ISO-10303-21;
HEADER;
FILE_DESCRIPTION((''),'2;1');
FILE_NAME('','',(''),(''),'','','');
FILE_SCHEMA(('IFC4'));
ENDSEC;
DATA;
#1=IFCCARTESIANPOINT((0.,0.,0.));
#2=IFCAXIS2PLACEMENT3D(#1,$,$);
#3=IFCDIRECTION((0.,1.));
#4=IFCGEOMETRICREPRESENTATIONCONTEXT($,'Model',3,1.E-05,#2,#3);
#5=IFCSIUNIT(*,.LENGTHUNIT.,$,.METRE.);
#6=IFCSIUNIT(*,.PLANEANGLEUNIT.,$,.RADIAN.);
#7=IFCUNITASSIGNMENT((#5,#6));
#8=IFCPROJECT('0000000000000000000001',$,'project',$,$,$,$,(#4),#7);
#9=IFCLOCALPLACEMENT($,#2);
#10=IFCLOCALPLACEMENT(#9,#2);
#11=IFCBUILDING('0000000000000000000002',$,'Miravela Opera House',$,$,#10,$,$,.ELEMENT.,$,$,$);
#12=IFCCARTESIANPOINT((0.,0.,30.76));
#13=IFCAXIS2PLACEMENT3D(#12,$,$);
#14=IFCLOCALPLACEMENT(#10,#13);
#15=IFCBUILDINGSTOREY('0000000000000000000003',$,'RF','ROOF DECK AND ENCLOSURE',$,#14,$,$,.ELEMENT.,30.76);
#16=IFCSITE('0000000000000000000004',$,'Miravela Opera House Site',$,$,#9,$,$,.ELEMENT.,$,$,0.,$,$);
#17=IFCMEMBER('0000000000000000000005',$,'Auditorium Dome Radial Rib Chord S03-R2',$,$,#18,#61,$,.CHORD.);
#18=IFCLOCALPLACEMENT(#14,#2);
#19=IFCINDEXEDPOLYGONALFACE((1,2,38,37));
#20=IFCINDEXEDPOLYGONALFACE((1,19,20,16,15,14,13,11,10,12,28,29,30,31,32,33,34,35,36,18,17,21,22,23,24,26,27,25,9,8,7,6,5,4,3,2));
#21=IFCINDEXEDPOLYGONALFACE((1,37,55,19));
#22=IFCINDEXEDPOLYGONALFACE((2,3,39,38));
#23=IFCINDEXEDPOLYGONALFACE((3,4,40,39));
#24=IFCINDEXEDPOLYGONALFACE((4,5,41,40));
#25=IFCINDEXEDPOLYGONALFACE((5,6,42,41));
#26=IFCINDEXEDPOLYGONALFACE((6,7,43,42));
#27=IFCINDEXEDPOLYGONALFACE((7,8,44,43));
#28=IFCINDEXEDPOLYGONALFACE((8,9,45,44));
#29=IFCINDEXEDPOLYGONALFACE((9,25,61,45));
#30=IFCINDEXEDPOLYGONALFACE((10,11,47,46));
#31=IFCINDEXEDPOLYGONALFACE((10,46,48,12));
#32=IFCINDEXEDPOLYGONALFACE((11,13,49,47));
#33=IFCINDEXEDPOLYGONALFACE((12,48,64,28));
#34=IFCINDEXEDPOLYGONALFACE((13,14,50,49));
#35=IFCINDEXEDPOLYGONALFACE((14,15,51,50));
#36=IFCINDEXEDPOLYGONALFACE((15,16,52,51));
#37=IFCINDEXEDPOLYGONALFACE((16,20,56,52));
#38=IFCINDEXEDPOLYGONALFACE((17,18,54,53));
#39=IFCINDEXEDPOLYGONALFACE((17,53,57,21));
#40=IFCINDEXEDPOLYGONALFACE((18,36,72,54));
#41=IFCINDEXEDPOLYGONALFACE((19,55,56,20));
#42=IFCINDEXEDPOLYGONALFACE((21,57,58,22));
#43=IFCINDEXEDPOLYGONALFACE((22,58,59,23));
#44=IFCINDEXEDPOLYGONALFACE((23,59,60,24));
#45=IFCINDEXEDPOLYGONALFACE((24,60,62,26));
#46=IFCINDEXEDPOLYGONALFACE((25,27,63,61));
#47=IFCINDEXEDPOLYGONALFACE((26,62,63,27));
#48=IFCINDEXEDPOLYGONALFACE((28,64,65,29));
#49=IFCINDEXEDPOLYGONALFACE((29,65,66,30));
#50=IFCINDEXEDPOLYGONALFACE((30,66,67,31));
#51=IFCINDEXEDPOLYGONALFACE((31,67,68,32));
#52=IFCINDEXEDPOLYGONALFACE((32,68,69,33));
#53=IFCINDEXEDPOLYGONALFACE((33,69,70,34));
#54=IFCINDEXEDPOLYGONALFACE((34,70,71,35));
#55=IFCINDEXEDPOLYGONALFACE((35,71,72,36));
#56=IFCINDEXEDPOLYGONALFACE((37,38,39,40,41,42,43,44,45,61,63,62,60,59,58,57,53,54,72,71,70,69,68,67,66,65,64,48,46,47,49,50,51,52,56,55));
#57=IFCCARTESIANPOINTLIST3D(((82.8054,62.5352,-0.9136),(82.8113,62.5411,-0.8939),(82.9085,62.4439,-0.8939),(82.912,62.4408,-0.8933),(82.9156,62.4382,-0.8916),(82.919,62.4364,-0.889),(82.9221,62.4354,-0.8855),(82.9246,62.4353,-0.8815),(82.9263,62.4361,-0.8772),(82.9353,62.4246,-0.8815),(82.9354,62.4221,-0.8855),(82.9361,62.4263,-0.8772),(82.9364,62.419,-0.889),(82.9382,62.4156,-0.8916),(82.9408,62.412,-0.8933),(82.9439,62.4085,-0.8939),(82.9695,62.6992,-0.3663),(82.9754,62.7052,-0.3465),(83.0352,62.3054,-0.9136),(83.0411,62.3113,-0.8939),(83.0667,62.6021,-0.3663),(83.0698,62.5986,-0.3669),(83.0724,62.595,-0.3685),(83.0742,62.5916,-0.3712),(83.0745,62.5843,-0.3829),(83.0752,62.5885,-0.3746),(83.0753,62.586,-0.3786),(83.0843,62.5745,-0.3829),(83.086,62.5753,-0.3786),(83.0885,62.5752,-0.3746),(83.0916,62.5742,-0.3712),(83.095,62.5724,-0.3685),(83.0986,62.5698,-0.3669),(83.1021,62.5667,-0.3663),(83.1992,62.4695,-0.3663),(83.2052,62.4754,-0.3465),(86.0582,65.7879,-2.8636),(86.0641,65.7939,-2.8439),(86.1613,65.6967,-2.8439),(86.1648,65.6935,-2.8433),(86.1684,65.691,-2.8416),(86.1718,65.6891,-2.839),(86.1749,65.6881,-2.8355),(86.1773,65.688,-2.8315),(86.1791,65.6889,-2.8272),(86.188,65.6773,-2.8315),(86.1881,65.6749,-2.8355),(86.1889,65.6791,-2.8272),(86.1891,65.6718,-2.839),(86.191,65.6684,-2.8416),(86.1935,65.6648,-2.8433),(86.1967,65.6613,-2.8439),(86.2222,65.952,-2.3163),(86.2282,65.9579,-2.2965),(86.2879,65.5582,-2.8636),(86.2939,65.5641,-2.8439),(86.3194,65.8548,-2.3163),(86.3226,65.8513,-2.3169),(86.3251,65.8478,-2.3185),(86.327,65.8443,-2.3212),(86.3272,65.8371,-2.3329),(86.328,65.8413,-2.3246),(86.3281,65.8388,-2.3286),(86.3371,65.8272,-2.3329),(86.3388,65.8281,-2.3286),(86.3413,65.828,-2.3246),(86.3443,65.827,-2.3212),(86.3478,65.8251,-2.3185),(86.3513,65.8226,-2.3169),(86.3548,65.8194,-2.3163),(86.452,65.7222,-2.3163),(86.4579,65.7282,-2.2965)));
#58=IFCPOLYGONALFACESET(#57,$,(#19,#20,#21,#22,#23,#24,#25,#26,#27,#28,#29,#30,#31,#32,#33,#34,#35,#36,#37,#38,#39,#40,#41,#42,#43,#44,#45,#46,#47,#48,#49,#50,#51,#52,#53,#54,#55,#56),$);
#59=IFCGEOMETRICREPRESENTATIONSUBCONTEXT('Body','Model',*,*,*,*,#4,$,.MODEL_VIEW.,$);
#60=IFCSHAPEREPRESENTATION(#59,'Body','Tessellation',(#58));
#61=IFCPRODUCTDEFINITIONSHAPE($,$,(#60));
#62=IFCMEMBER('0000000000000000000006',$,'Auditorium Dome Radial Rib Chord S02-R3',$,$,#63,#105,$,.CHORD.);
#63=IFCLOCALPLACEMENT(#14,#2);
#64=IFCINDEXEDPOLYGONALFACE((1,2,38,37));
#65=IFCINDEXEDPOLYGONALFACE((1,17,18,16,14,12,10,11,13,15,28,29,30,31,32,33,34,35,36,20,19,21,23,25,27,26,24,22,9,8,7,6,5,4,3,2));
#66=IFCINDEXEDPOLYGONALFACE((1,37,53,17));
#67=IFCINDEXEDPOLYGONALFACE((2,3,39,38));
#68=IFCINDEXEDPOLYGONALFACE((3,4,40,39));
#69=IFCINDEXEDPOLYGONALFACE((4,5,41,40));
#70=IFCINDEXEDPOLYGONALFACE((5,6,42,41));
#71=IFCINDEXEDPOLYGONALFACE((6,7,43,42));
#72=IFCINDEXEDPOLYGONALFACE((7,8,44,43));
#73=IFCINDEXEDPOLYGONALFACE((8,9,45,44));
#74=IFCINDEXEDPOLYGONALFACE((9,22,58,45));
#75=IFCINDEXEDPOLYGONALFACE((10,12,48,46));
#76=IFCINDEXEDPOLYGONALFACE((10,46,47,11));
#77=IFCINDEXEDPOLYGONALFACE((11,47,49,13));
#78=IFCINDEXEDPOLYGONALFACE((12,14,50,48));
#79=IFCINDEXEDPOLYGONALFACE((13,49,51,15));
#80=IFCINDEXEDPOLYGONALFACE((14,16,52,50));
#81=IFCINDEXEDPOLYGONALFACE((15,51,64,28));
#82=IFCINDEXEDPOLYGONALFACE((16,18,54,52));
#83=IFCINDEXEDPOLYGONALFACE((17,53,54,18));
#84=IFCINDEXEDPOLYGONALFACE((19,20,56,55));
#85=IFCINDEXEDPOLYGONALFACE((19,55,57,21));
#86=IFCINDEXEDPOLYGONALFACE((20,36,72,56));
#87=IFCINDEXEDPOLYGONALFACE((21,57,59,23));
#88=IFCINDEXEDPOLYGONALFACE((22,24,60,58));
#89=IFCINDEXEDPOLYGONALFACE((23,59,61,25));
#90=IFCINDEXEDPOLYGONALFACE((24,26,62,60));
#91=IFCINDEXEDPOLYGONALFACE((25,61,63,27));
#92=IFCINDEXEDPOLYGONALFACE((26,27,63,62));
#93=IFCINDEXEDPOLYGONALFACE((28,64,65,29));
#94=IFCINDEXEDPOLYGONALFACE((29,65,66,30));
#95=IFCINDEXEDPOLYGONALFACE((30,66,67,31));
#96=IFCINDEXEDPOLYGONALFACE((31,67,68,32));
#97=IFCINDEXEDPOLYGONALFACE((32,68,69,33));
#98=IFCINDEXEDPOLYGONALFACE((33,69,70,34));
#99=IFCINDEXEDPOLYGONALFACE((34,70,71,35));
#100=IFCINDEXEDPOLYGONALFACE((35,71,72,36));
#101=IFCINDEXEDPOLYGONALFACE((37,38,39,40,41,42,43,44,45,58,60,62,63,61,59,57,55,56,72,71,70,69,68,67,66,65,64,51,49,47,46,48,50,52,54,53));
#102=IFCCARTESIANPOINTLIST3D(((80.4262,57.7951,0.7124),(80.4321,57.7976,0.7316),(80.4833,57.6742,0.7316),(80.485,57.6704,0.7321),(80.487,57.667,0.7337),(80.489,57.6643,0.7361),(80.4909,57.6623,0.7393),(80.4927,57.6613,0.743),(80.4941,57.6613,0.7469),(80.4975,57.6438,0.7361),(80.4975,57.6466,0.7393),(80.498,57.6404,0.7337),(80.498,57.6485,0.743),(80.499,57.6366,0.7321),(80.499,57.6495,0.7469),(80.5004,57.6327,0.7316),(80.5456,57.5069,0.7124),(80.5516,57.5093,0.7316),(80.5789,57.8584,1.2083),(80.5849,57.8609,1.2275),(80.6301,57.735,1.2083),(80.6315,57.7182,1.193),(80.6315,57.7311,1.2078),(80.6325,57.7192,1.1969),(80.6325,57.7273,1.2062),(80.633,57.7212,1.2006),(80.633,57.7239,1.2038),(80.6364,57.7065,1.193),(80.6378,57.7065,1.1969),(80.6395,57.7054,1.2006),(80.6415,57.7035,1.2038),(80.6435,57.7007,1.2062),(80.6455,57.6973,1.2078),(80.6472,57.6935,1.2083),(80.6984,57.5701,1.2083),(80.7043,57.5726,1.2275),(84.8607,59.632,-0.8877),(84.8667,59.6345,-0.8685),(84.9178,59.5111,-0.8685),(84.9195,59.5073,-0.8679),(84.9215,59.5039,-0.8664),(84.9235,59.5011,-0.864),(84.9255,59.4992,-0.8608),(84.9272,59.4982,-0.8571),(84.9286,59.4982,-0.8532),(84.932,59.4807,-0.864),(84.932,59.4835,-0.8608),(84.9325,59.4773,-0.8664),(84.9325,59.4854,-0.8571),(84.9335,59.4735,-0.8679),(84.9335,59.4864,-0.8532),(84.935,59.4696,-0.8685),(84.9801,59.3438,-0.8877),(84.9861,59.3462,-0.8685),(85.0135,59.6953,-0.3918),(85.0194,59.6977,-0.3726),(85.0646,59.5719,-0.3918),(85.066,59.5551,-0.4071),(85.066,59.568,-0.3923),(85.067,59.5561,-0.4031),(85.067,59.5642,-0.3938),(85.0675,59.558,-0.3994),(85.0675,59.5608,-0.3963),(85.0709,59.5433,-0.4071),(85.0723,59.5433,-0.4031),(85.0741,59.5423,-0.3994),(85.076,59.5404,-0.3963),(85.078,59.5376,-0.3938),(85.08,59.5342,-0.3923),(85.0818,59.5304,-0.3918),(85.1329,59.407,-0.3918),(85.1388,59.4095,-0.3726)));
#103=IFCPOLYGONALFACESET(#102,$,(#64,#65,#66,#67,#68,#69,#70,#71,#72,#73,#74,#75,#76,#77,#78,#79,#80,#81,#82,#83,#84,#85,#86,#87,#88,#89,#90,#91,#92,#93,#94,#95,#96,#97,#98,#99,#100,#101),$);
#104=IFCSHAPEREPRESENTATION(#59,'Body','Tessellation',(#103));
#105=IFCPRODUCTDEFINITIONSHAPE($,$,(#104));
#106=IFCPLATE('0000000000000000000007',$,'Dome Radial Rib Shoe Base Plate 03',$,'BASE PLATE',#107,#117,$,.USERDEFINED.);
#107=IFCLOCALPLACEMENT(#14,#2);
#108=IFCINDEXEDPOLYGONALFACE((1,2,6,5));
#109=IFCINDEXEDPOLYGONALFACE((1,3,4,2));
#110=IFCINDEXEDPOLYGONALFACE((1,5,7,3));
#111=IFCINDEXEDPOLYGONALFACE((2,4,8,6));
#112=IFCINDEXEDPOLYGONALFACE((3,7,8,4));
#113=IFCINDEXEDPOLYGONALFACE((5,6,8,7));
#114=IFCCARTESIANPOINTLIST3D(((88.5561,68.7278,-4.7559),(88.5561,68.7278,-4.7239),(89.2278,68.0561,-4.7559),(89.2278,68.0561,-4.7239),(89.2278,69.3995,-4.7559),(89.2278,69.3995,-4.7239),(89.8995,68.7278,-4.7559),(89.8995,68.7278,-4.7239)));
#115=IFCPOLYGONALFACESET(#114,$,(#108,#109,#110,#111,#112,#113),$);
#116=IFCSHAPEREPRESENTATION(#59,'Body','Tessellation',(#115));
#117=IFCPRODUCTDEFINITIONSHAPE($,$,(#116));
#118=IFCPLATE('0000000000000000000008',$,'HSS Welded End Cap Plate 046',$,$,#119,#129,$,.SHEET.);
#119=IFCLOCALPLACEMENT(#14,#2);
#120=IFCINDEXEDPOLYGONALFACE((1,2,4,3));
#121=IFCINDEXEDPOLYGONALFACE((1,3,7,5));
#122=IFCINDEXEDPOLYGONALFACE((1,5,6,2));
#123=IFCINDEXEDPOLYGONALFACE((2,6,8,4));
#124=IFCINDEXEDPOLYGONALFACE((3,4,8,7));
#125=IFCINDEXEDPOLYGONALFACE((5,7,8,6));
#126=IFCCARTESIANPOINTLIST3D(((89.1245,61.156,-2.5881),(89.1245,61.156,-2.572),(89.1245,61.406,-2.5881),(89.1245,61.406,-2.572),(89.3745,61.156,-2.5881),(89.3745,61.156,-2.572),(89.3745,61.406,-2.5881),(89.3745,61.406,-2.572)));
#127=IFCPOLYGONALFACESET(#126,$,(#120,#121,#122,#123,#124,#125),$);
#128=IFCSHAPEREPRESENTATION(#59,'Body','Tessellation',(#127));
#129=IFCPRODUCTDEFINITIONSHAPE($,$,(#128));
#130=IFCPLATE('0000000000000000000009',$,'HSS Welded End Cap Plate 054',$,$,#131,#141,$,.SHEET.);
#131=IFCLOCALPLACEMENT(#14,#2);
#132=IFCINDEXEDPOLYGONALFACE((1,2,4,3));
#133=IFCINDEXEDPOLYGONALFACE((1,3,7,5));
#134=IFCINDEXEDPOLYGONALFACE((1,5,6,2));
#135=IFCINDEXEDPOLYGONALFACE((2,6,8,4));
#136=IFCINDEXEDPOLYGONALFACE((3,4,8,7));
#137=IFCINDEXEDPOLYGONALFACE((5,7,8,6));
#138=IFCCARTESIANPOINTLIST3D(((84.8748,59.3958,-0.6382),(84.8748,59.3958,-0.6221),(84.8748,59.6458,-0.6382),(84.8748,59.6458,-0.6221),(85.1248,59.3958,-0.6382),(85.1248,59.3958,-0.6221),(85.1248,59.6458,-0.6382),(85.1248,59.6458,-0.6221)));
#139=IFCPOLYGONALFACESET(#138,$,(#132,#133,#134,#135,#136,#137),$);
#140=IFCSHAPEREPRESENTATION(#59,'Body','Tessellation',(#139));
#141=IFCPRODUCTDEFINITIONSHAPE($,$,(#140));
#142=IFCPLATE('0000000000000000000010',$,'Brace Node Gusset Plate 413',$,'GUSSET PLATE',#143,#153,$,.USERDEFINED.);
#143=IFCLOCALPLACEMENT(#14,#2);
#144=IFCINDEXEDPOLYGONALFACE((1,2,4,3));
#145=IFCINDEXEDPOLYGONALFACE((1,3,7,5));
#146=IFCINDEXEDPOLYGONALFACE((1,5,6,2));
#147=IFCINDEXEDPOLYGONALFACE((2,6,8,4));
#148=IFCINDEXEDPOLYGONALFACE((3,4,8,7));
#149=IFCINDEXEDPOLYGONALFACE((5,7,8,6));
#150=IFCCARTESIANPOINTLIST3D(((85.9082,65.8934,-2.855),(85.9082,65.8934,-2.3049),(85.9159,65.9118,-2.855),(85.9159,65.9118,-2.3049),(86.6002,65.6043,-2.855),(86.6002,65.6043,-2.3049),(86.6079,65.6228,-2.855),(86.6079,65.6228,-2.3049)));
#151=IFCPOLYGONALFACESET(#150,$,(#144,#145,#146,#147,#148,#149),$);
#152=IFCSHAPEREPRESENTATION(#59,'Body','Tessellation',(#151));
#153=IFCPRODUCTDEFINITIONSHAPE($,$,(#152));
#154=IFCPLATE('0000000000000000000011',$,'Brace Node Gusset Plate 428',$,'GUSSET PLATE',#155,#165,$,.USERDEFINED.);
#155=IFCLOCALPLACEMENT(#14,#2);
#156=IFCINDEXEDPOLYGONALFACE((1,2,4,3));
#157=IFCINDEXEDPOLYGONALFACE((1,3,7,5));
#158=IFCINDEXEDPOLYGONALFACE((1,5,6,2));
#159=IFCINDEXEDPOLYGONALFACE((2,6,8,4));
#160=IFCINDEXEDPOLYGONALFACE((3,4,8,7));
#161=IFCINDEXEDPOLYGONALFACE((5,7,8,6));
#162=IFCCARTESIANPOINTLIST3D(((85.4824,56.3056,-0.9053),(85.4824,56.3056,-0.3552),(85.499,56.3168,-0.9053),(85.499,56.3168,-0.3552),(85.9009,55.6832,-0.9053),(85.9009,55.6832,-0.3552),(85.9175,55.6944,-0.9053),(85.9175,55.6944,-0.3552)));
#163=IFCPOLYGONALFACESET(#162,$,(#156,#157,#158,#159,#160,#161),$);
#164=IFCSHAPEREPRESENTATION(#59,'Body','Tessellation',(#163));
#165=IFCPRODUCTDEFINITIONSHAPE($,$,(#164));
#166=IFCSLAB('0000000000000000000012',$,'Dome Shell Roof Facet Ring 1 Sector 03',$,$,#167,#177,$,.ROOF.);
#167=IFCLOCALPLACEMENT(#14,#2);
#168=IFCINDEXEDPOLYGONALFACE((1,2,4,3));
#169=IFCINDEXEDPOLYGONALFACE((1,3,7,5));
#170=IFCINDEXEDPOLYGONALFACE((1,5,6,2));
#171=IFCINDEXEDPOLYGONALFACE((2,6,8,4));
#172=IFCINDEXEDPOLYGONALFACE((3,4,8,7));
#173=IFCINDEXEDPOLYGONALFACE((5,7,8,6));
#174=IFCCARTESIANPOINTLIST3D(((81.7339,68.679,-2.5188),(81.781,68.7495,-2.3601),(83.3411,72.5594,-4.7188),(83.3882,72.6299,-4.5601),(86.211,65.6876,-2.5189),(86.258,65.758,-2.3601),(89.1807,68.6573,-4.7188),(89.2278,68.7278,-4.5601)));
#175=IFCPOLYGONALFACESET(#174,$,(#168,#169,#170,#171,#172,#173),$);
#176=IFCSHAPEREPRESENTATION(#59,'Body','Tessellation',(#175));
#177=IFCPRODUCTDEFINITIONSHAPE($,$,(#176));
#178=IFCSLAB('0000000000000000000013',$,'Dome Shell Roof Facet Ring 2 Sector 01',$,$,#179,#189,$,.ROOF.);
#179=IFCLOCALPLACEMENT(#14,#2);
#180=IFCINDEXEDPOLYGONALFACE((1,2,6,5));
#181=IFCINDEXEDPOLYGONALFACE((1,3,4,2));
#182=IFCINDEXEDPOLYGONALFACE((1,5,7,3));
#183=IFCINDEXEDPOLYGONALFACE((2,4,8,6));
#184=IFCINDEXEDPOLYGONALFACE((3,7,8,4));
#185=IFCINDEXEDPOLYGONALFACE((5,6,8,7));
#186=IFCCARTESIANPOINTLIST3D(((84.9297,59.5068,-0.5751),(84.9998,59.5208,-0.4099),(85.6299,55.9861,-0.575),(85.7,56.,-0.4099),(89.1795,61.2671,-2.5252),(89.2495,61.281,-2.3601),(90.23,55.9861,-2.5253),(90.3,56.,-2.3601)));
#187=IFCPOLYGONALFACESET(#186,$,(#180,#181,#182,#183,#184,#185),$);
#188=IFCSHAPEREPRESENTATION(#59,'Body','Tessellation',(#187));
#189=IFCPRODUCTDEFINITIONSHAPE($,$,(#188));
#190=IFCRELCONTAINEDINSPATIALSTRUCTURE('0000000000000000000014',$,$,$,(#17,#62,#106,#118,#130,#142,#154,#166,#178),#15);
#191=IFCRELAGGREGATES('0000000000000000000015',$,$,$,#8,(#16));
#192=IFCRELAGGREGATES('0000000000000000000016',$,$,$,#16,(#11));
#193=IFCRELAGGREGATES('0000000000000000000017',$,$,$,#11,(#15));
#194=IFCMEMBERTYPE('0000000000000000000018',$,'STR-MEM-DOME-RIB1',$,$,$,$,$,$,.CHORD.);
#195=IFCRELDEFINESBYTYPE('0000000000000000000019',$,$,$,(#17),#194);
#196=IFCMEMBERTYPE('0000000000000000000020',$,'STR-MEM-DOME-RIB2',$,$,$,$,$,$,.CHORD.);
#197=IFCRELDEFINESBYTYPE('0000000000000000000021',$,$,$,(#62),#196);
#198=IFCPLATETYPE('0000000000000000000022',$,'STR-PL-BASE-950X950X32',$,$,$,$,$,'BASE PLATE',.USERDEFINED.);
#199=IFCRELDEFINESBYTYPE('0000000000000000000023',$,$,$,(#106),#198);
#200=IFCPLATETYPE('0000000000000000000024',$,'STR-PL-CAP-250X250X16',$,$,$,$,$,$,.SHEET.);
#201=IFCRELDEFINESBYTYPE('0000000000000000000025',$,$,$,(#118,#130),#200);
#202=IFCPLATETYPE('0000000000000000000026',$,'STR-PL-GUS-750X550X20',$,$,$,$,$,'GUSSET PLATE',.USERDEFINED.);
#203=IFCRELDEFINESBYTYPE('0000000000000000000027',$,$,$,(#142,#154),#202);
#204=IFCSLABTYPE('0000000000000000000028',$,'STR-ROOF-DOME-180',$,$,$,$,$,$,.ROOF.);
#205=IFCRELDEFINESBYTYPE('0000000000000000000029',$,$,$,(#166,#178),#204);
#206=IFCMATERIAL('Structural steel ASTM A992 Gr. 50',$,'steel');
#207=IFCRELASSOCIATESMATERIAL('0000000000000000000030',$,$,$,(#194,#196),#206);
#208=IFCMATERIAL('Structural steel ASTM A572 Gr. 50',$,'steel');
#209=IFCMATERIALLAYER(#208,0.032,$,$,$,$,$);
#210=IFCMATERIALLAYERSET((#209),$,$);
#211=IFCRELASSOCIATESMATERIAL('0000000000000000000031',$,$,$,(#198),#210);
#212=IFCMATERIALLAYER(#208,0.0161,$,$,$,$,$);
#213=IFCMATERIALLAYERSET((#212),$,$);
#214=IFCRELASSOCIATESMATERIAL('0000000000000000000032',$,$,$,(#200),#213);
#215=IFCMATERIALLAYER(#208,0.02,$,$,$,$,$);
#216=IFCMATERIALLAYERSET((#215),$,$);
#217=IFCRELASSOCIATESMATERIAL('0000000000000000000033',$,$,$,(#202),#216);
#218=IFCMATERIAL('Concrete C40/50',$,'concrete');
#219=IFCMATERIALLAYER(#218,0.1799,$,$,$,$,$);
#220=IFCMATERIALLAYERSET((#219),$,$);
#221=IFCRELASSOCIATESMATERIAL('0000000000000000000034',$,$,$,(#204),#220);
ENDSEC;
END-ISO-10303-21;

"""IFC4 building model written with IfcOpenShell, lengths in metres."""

from ifc_helpers import new_model, si_unit, direction, frame, origin, origin_2d, place, context, subcontext, project, spatial, polyline, rectangle, i_section, outline, extrude, material, layer, layer_set, material_profile, profile_set, type_object, element, save


model = new_model("IFC4")

# Units and contexts
model_context = context("Model", 3, precision=1e-05, world=origin(), true_north=direction((0.0, 1.0)))
body_context = subcontext(model_context, "Body", "Model", "MODEL_VIEW")
ifc_project = project(units=[si_unit("LENGTHUNIT", "METRE"), si_unit("PLANEANGLEUNIT", "RADIAN")], contexts=[model_context])

# Site, building, storey
site_placement = place(None, origin())
site = spatial("IfcSite", under=ifc_project, at=site_placement, Name="Miravela Opera House Site", CompositionType="ELEMENT", RefElevation=0.0)
building_placement = place(site_placement, origin())
building = spatial("IfcBuilding", under=site, at=building_placement, Name="Miravela Opera House", CompositionType="ELEMENT")
storey_placement = place(building_placement, frame((0.0, 0.0, 30.76)))
storey = spatial("IfcBuildingStorey", under=building, at=storey_placement, Name="RF", Description="ROOF DECK AND ENCLOSURE", CompositionType="ELEMENT", Elevation=30.76)

# Shared definitions
ifc_material_1 = material(Name="Structural steel ASTM A992 Gr. 50", Category="steel")

# Members
ifc_material_profile_1 = material_profile(ifc_material_1, i_section(OverallWidth=0.325, OverallDepth=0.616, WebThickness=0.0139, FlangeThickness=0.0215, FilletRadius=0.0181, at=origin_2d()), Name="W610X174")
ifc_profile_set_1 = profile_set([ifc_material_profile_1])
member_type_1 = type_object("IfcMemberType", Name="STR-MEM-DOME-RIB1", PredefinedType="CHORD", material=ifc_profile_set_1)
member_1_placement = place(storey_placement, frame((86.2581, 65.7581, -2.5801), z_axis=(-0.651029, -0.651029, 0.390285), x_axis=(0.707107, -0.707107, 0.0)))
element("IfcMember", 1, at=member_1_placement, inside=storey, type_object=member_type_1, Name="Auditorium Dome Radial Rib Chord S03-R2", PredefinedType="CHORD", context=body_context, shape_type="SweptSolid", body=[
    extrude(i_section(OverallWidth=0.325, OverallDepth=0.616, WebThickness=0.0139, FlangeThickness=0.0215, FilletRadius=0.0181, at=origin_2d()), origin(), (0.0, 0.0, 1.0), 4.9963),
])
ifc_material_profile_2 = material_profile(ifc_material_1, i_section(OverallWidth=0.312, OverallDepth=0.543, WebThickness=0.0127, FlangeThickness=0.0203, FilletRadius=0.0161, at=origin_2d()), Name="W530X150")
ifc_profile_set_2 = profile_set([ifc_material_profile_2])
member_type_2 = type_object("IfcMemberType", Name="STR-MEM-DOME-RIB2", PredefinedType="CHORD", material=ifc_profile_set_2)
member_2_placement = place(storey_placement, frame((84.9998, 59.5208, -0.6301), z_axis=(-0.876459, -0.363052, 0.316247), x_axis=(0.382693, -0.923875, 0.0)))
element("IfcMember", 2, at=member_2_placement, inside=storey, type_object=member_type_2, Name="Auditorium Dome Radial Rib Chord S02-R3", PredefinedType="CHORD", context=body_context, shape_type="SweptSolid", body=[
    extrude(i_section(OverallWidth=0.312, OverallDepth=0.543, WebThickness=0.0127, FlangeThickness=0.0203, FilletRadius=0.0161, at=origin_2d()), origin(), (0.0, 0.0, 1.0), 5.0596),
])

# Plates
ifc_material_2 = material(Name="Structural steel ASTM A572 Gr. 50", Category="steel")
ifc_layer_1 = layer(ifc_material_2, 0.032)
ifc_layer_set_1 = layer_set([ifc_layer_1])
plate_type_1 = type_object("IfcPlateType", Name="STR-PL-BASE-950X950X32", ElementType="BASE PLATE", PredefinedType="USERDEFINED", material=ifc_layer_set_1)
plate_placement = place(storey_placement, frame((89.2278, 68.7278, -4.7559), z_axis=(0.0, 0.0, 1.0), x_axis=(0.707107, 0.707107, 0.0)))
element("IfcPlate", 3, at=plate_placement, inside=storey, type_object=plate_type_1, Name="Dome Radial Rib Shoe Base Plate 03", ObjectType="BASE PLATE", PredefinedType="USERDEFINED", context=body_context, shape_type="SweptSolid", body=[
    extrude(rectangle(XDim=0.95, YDim=0.95, at=origin_2d()), origin(), (0.0, 0.0, 1.0), 0.032),
])
ifc_layer_2 = layer(ifc_material_2, 0.0161)
ifc_layer_set_2 = layer_set([ifc_layer_2])
plate_type_2 = type_object("IfcPlateType", Name="STR-PL-CAP-250X250X16", PredefinedType="SHEET", material=ifc_layer_set_2)
for number, where, z_axis, x_axis, name in (
    (4, (89.2495, 61.281, -2.5881), (0.0, 0.0, 1.0), (1.0, 0.0, 0.0), "HSS Welded End Cap Plate 046"),
    (5, (84.9998, 59.5208, -0.6382), (0.0, 0.0, 1.0), (1.0, 0.0, 0.0), "HSS Welded End Cap Plate 054"),
):
    element("IfcPlate", number, at=place(storey_placement, frame(where, z_axis=z_axis, x_axis=x_axis)), inside=storey, type_object=plate_type_2, Name=name, PredefinedType="SHEET", context=body_context, shape_type="SweptSolid", body=[
        extrude(rectangle(XDim=0.25, YDim=0.25, at=origin_2d()), origin(), (0.0, 0.0, 1.0), 0.0161),
    ])
ifc_layer_3 = layer(ifc_material_2, 0.02)
ifc_layer_set_3 = layer_set([ifc_layer_3])
plate_type_3 = type_object("IfcPlateType", Name="STR-PL-GUS-750X550X20", ElementType="GUSSET PLATE", PredefinedType="USERDEFINED", material=ifc_layer_set_3)
for number, where, z_axis, x_axis, name in (
    (6, (86.2581, 65.7581, -2.855), (0.0, 0.0, 1.0), (-0.92274, 0.385423, 0.0), "Brace Node Gusset Plate 413"),
    (7, (85.7, 56.0, -0.9053), (0.0, 0.0, 1.0), (-0.55789, 0.829915, 0.0), "Brace Node Gusset Plate 428"),
):
    element("IfcPlate", number, at=place(storey_placement, frame(where, z_axis=z_axis, x_axis=x_axis)), inside=storey, type_object=plate_type_3, Name=name, ObjectType="GUSSET PLATE", PredefinedType="USERDEFINED", context=body_context, shape_type="SweptSolid", body=[
        extrude(rectangle(XDim=0.75, YDim=0.02, at=origin_2d()), origin(), (0.0, 0.0, 1.0), 0.55),
    ])

# Slabs
ifc_material_3 = material(Name="Concrete C40/50", Category="concrete")
ifc_layer_4 = layer(ifc_material_3, 0.1799)
ifc_layer_set_4 = layer_set([ifc_layer_4])
slab_type = type_object("IfcSlabType", Name="STR-ROOF-DOME-180", PredefinedType="ROOF", material=ifc_layer_set_4)
slab_1_placement = place(storey_placement, frame((89.2278, 68.7278, -4.5601), z_axis=(0.261731, 0.391697, 0.882083), x_axis=(-0.831458, 0.555588, -0.000005)))
element("IfcSlab", 8, at=slab_1_placement, inside=storey, type_object=slab_type, Name="Dome Shell Roof Facet Ring 1 Sector 03", PredefinedType="ROOF", context=body_context, shape_type="SweptSolid", body=[
    extrude(outline(polyline([(0.0, 0.0), (7.0233, 0.0), (6.2037, 4.6699), (0.8192, 4.6698), (0.0, 0.0)])), origin(), (0.0, 0.0, -1.0), 0.1799),
])
slab_2_placement = place(storey_placement, frame((90.3, 56.0, -2.3601), z_axis=(0.389156, 0.077406, 0.917914), x_axis=(-0.195102, 0.980783, 0.000007)))
element("IfcSlab", 9, at=slab_2_placement, inside=storey, type_object=slab_type, Name="Dome Shell Roof Facet Ring 2 Sector 01", PredefinedType="ROOF", context=body_context, shape_type="SweptSolid", body=[
    extrude(outline(polyline([(0.0, 0.0), (5.3845, 0.0), (4.4872, 4.915), (0.8975, 4.9151), (0.0, 0.0)])), origin(), (0.0, 0.0, -1.0), 0.1799),
])

save(model, "model.ifc")
